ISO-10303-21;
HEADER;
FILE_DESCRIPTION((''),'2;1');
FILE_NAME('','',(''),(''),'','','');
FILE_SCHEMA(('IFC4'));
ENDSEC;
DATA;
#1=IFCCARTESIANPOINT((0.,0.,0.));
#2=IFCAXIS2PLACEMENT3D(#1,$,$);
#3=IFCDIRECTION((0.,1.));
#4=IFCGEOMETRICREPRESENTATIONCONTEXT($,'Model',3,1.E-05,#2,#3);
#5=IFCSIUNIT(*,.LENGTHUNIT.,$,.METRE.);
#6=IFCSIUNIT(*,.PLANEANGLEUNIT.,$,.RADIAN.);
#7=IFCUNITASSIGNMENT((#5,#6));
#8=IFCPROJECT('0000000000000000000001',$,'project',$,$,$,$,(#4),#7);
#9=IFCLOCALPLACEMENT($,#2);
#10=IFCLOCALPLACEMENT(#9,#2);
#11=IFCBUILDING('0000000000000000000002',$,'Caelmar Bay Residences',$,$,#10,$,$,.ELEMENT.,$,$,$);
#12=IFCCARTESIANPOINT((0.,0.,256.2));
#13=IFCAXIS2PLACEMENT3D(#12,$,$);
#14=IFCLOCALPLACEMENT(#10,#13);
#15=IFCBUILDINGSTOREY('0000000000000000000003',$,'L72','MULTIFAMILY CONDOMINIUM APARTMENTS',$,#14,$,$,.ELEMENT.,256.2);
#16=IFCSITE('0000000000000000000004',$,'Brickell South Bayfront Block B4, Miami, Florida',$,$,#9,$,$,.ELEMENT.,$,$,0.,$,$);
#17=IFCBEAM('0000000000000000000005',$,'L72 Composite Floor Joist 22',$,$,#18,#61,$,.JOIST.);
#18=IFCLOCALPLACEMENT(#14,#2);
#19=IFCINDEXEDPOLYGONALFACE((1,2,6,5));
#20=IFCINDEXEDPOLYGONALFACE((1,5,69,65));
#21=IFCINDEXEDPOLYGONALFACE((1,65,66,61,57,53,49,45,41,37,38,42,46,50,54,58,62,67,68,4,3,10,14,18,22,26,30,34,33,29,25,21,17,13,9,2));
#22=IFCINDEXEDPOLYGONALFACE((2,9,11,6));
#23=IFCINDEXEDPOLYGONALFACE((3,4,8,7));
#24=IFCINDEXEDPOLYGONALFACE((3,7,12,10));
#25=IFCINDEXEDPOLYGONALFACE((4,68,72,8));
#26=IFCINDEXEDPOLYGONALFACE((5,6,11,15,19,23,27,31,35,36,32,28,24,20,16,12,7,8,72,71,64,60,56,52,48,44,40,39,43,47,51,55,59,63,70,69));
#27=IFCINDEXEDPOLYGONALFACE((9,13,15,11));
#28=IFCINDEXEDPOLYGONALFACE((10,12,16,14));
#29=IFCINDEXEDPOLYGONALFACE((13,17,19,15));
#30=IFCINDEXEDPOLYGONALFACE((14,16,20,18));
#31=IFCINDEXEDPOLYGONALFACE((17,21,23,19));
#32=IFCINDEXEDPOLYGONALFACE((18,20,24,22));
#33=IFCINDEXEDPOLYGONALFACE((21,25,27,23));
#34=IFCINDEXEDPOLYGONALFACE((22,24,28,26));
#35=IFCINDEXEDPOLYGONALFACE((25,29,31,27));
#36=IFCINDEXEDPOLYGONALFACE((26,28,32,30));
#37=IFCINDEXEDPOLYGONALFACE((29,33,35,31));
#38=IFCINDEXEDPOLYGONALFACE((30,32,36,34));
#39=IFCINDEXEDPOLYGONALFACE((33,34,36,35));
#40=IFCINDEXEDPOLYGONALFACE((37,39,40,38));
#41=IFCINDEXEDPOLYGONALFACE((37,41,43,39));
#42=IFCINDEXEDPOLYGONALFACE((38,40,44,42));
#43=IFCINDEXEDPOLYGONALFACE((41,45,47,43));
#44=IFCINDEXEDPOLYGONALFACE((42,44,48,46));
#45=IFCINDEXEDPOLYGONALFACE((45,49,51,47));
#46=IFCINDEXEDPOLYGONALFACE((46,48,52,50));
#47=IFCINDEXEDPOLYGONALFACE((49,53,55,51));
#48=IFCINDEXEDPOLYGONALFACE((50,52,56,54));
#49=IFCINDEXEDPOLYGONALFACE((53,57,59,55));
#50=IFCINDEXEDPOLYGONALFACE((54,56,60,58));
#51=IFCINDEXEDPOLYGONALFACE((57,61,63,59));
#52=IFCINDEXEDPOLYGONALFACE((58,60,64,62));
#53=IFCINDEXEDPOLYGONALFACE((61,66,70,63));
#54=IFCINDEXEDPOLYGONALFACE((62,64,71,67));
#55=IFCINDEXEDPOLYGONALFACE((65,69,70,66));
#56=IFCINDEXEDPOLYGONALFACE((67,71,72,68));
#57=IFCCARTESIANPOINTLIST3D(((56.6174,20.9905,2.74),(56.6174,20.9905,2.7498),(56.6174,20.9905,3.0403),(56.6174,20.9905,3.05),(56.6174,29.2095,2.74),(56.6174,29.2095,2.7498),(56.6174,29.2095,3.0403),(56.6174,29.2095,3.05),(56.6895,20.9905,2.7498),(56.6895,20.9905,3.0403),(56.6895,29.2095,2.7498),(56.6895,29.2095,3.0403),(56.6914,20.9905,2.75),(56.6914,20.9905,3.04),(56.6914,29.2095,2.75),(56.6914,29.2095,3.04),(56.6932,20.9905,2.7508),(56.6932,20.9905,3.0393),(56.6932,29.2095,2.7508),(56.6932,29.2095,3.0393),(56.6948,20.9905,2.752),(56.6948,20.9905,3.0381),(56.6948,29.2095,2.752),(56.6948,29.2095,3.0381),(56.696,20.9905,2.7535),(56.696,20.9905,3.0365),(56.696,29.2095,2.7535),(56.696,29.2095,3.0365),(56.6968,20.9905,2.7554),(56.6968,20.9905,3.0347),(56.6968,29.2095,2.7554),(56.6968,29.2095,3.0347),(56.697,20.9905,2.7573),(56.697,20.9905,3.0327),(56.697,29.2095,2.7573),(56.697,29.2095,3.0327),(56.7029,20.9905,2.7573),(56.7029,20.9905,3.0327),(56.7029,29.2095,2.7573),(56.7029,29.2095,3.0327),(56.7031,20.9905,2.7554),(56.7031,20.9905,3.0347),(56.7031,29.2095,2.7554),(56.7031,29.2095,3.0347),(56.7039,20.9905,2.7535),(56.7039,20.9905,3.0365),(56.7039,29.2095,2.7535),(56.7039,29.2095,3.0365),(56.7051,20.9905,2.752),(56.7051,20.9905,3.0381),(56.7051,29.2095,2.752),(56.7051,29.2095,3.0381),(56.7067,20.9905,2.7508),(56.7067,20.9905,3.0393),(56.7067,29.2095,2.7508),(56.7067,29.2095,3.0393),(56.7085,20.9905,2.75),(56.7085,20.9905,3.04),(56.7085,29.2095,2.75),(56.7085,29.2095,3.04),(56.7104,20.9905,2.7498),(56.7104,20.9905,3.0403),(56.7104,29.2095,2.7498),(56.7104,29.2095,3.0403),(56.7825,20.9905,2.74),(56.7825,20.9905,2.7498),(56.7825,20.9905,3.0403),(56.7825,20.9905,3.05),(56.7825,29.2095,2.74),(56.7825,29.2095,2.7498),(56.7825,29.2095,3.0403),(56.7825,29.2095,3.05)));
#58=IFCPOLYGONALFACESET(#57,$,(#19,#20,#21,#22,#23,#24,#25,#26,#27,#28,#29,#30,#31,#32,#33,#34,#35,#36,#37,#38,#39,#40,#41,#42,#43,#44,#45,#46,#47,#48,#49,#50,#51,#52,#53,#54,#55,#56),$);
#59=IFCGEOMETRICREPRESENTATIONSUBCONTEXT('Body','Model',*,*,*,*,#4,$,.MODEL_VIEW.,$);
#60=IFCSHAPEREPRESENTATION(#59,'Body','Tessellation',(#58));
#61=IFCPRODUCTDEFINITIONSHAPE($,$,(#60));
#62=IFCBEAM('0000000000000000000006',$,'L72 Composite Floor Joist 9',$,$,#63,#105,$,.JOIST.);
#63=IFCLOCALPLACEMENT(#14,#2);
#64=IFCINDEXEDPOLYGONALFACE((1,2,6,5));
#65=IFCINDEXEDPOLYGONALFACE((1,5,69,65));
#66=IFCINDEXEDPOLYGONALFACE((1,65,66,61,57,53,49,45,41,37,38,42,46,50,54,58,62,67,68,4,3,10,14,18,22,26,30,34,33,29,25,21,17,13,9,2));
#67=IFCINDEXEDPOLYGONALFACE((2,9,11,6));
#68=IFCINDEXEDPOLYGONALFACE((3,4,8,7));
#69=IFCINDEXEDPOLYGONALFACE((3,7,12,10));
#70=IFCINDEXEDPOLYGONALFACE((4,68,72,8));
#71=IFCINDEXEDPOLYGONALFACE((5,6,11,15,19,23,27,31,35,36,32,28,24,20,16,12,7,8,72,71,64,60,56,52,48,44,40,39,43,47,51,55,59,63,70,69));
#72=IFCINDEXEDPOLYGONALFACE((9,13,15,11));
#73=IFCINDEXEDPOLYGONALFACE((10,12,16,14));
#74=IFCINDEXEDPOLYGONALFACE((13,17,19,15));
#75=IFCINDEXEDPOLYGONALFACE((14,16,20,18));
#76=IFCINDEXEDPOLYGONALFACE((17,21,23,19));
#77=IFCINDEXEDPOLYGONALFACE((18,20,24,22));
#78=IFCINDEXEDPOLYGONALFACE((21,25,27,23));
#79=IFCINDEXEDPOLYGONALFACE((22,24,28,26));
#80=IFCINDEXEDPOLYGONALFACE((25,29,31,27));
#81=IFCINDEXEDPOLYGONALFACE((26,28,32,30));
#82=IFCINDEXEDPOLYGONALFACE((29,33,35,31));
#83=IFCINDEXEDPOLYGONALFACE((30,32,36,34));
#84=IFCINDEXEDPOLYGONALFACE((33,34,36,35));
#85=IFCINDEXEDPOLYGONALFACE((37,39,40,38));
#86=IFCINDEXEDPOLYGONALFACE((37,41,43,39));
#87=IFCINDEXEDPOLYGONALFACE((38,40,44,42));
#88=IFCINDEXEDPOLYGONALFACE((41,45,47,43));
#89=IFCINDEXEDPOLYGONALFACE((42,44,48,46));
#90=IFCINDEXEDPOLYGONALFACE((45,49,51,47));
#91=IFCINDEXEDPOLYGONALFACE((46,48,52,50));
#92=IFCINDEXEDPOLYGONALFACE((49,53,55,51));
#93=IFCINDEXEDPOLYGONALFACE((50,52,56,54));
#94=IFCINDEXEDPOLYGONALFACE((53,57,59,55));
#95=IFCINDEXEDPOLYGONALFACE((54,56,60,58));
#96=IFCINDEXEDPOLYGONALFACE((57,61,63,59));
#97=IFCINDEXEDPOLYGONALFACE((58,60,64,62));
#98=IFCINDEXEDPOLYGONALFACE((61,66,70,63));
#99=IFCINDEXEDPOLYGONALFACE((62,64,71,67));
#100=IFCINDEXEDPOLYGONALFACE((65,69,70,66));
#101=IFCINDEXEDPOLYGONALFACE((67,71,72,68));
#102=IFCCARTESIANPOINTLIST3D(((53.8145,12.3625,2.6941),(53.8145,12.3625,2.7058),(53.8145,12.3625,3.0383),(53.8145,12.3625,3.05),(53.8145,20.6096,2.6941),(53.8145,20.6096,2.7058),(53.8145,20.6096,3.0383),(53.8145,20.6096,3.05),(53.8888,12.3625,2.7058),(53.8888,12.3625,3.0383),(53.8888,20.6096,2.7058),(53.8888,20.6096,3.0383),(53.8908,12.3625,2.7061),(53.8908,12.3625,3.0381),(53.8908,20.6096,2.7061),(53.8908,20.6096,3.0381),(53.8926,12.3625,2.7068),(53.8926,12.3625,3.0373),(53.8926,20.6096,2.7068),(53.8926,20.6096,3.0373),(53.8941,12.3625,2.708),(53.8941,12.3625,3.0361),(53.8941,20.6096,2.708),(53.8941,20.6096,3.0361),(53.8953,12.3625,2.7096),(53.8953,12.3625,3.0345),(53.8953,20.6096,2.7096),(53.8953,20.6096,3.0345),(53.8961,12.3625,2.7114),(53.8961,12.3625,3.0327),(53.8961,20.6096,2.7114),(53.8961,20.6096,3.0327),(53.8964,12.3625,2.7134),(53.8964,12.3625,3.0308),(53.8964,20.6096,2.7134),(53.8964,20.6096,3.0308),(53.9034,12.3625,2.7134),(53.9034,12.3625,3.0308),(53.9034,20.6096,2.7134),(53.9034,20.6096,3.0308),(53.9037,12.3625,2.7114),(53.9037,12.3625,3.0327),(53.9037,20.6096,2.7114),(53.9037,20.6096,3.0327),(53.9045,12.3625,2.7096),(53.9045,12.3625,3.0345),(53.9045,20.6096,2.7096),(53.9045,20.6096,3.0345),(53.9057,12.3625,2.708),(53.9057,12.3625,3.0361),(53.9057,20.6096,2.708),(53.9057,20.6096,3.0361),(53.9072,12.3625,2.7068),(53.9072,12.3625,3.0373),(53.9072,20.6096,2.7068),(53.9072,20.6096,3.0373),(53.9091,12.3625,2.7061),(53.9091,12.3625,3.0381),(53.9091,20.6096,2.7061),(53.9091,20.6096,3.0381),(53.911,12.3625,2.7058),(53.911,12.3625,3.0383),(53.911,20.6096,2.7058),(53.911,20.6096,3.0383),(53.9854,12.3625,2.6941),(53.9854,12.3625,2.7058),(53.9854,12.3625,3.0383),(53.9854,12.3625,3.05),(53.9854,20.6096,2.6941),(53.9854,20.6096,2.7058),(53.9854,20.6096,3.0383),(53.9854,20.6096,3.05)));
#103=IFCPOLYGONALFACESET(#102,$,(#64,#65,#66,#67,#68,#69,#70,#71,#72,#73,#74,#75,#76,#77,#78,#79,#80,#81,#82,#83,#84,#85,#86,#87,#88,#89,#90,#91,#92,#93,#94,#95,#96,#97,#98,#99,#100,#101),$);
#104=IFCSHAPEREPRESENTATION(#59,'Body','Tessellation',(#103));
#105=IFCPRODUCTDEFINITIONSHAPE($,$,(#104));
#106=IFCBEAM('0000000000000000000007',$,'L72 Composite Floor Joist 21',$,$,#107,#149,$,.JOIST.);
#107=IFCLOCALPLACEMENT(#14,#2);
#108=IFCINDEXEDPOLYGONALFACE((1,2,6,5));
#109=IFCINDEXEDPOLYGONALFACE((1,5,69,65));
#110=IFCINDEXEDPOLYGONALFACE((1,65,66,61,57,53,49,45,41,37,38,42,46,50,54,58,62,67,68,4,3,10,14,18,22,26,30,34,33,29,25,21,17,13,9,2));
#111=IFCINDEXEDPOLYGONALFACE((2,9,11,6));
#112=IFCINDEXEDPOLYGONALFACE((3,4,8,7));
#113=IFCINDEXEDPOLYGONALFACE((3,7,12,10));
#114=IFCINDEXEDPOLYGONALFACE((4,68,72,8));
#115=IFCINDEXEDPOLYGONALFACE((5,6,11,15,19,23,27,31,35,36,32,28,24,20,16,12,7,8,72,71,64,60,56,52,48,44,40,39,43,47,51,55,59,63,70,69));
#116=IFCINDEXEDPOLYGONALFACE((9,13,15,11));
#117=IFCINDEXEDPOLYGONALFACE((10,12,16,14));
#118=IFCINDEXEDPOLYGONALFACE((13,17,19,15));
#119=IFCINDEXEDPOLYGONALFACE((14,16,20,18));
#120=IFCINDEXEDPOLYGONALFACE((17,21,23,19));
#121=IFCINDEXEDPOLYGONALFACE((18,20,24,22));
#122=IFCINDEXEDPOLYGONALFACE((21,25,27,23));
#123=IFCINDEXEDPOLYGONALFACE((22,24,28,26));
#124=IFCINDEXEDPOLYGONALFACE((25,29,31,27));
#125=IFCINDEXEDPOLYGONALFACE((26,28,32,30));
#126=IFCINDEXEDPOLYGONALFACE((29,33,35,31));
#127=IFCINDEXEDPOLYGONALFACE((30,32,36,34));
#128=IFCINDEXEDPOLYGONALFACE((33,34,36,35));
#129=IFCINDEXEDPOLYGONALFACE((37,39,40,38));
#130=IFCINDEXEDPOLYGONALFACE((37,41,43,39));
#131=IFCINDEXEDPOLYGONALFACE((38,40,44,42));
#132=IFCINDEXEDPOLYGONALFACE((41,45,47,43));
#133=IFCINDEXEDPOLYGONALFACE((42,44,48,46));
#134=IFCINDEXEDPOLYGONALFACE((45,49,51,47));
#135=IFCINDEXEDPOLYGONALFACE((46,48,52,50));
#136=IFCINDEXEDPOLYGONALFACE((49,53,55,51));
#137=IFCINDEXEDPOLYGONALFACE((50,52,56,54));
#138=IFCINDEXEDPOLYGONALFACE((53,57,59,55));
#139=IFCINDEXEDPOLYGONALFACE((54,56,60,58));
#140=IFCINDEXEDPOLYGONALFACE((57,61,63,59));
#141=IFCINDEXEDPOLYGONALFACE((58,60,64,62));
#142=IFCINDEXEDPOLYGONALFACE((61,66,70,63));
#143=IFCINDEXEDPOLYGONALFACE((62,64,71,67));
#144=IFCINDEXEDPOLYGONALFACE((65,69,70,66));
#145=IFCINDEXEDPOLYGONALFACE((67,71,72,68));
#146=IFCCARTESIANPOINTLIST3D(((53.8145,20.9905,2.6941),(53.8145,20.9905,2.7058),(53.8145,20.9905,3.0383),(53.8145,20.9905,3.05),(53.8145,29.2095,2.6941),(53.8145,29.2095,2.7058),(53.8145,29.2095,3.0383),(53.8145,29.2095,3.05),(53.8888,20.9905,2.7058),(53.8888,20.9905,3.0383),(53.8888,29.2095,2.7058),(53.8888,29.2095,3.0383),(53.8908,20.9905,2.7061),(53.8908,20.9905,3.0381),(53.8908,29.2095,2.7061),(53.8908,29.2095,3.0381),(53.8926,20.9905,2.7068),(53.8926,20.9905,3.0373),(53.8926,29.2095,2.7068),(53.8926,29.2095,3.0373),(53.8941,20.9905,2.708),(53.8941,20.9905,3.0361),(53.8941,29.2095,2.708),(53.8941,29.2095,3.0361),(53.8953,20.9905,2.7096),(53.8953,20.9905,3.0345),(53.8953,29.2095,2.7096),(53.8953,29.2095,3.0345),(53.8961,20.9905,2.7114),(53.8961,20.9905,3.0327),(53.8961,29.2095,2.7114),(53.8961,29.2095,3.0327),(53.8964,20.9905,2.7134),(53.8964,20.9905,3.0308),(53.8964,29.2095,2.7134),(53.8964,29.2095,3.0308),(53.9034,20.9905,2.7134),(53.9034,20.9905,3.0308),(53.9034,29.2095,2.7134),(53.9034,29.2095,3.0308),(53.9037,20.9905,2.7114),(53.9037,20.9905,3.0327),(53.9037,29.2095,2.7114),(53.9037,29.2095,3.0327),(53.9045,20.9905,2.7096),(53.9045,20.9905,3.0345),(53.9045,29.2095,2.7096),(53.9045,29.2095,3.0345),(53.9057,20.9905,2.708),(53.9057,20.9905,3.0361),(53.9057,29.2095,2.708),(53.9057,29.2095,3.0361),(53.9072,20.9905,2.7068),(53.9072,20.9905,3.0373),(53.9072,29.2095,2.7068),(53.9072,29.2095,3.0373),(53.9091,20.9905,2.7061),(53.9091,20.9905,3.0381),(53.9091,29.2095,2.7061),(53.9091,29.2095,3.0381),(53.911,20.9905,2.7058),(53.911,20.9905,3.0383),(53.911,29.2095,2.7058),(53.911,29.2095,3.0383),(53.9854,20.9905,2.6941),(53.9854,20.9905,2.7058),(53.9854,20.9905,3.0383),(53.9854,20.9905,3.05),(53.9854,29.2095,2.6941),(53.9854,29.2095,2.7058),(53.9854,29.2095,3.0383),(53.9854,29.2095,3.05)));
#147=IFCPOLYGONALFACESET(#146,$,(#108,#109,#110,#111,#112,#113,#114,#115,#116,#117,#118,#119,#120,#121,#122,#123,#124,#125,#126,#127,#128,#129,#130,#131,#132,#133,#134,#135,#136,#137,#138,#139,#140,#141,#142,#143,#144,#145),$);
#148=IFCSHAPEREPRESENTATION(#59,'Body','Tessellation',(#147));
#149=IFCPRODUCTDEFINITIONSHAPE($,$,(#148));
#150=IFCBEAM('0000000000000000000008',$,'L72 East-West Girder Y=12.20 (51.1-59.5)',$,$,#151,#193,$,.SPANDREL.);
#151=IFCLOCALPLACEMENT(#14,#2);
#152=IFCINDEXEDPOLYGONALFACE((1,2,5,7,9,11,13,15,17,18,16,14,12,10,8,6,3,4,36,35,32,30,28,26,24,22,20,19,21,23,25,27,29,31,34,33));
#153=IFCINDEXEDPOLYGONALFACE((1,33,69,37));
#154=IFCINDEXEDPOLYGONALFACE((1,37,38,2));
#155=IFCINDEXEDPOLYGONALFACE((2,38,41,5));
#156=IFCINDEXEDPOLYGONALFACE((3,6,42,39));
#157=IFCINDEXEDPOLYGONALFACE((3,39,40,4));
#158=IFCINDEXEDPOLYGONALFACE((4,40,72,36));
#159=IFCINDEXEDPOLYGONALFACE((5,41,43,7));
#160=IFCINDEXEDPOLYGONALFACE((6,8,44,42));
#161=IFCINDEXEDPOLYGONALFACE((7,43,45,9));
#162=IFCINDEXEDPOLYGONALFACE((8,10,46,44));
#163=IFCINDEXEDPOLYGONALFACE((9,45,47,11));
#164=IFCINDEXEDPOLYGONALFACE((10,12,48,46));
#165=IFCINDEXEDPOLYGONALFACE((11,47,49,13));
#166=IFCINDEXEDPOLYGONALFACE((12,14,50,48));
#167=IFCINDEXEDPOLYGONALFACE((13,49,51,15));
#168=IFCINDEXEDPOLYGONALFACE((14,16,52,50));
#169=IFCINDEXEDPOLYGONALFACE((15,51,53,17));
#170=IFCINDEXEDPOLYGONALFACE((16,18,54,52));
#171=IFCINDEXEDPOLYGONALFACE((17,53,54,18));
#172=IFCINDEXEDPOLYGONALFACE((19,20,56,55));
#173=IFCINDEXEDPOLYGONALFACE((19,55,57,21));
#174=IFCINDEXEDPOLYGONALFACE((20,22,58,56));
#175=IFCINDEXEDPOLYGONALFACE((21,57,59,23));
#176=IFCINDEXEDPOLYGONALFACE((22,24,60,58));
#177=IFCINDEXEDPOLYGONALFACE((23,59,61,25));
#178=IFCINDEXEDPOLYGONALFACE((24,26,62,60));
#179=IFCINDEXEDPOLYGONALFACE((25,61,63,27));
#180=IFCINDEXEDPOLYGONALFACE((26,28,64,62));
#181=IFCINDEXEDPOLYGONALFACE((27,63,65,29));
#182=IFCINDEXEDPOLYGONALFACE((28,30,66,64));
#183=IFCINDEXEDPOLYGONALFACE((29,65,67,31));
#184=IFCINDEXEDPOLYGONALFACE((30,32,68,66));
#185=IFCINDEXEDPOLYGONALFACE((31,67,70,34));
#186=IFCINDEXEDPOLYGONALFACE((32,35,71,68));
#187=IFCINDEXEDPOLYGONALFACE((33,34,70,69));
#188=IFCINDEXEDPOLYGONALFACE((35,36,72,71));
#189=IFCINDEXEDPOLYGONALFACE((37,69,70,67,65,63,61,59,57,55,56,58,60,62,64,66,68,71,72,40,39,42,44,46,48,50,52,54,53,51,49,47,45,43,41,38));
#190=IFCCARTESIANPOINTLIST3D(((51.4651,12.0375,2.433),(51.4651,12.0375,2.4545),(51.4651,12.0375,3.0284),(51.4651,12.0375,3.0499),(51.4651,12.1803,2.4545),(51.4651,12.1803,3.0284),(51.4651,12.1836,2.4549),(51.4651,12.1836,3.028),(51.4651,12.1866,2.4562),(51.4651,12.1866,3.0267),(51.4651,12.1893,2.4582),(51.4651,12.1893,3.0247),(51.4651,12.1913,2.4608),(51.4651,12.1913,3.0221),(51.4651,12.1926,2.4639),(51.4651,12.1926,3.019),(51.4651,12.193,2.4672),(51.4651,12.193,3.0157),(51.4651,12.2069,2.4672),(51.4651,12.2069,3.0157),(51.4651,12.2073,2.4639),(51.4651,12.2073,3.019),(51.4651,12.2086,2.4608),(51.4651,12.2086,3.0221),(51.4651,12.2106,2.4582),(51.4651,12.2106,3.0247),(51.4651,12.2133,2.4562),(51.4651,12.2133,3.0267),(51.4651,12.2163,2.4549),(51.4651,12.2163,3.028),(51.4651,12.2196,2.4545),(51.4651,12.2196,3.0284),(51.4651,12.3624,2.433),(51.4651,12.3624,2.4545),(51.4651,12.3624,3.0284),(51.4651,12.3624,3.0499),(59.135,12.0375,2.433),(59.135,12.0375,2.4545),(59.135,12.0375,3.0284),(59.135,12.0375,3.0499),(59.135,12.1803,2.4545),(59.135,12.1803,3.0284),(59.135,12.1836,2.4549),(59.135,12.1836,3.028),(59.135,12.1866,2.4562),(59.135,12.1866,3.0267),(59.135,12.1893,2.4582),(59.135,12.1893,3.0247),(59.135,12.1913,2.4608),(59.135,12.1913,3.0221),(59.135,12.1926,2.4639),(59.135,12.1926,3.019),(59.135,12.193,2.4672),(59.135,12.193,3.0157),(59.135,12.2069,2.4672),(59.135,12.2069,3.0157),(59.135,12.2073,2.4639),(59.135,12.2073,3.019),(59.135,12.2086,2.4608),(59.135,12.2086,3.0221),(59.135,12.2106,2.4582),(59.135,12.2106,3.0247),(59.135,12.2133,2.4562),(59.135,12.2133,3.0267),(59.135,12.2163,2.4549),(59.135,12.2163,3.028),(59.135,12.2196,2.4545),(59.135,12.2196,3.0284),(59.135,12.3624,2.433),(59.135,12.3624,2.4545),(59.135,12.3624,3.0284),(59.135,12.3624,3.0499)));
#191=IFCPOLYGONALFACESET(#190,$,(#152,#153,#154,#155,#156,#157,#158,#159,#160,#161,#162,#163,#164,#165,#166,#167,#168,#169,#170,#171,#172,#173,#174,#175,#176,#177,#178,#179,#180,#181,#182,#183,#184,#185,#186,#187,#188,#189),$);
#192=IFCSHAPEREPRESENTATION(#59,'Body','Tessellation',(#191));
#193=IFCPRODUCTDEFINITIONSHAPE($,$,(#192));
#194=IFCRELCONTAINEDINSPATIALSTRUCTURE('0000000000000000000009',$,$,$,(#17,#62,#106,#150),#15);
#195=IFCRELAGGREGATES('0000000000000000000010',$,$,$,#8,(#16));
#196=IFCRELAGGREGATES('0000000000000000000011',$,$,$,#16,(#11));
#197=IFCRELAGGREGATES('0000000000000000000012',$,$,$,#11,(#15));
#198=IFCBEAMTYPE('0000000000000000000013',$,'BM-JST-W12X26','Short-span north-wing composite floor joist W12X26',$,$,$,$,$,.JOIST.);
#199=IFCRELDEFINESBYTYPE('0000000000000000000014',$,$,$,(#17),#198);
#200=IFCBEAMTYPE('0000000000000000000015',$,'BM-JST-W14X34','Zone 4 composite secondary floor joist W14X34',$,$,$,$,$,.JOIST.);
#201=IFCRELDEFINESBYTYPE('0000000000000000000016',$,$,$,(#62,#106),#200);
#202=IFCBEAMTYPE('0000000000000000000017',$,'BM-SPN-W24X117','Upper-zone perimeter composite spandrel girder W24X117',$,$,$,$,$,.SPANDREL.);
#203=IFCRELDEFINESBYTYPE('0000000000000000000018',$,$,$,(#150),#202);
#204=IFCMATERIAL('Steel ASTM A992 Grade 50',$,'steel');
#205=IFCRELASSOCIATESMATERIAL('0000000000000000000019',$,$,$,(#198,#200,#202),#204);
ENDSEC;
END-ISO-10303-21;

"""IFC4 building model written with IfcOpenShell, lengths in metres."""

from ifc_helpers import new_model, si_unit, direction, frame, origin, origin_2d, place, context, subcontext, project, spatial, i_section, extrude, material, material_profile, profile_set, type_object, element, save


model = new_model("IFC4")

# Units and contexts
model_context = context("Model", 3, precision=1e-05, world=origin(), true_north=direction((0.0, 1.0)))
body_context = subcontext(model_context, "Body", "Model", "MODEL_VIEW")
ifc_project = project(units=[si_unit("LENGTHUNIT", "METRE"), si_unit("PLANEANGLEUNIT", "RADIAN")], contexts=[model_context])

# Site, building, storey
site_placement = place(None, origin())
site = spatial("IfcSite", under=ifc_project, at=site_placement, Name="Brickell South Bayfront Block B4, Miami, Florida", CompositionType="ELEMENT", RefElevation=0.0)
building_placement = place(site_placement, origin())
building = spatial("IfcBuilding", under=site, at=building_placement, Name="Caelmar Bay Residences", CompositionType="ELEMENT")
storey_placement = place(building_placement, frame((0.0, 0.0, 256.2)))
storey = spatial("IfcBuildingStorey", under=building, at=storey_placement, Name="L72", Description="MULTIFAMILY CONDOMINIUM APARTMENTS", CompositionType="ELEMENT", Elevation=256.2)

# Beams
ifc_material_1 = material(Name="Steel ASTM A992 Grade 50", Category="steel")
ifc_material_profile_1 = material_profile(ifc_material_1, i_section(OverallWidth=0.165, OverallDepth=0.3101, WebThickness=0.0059, FlangeThickness=0.0098, FilletRadius=0.0076, at=origin_2d()), Name="W12X26")
ifc_profile_set_1 = profile_set([ifc_material_profile_1], Name="Steel ASTM A992 Grade 50")
beam_type_1 = type_object("IfcBeamType", Name="BM-JST-W12X26", Description="Short-span north-wing composite floor joist W12X26", PredefinedType="JOIST", material=ifc_profile_set_1)
beam_1_placement = place(storey_placement, frame((56.7, 20.9905, 2.895), z_axis=(0.0, 1.0, 0.0), x_axis=(-1.0, 0.0, 0.0)))
element("IfcBeam", 1, at=beam_1_placement, inside=storey, type_object=beam_type_1, Name="L72 Composite Floor Joist 22", PredefinedType="JOIST", context=body_context, shape_type="SweptSolid", body=[
    extrude(i_section(OverallWidth=0.165, OverallDepth=0.3101, WebThickness=0.0059, FlangeThickness=0.0098, FilletRadius=0.0076, at=origin_2d()), origin(), (0.0, 0.0, 1.0), 8.219),
])
ifc_material_profile_2 = material_profile(ifc_material_1, i_section(OverallWidth=0.1709, OverallDepth=0.356, WebThickness=0.0071, FlangeThickness=0.0117, FilletRadius=0.0076, at=origin_2d()), Name="W14X34")
ifc_profile_set_2 = profile_set([ifc_material_profile_2], Name="Steel ASTM A992 Grade 50")
beam_type_2 = type_object("IfcBeamType", Name="BM-JST-W14X34", Description="Zone 4 composite secondary floor joist W14X34", PredefinedType="JOIST", material=ifc_profile_set_2)
beam_2_placement = place(storey_placement, frame((53.8999, 12.3625, 2.8721), z_axis=(0.0, 1.0, 0.0), x_axis=(-1.0, 0.0, 0.0)))
element("IfcBeam", 2, at=beam_2_placement, inside=storey, type_object=beam_type_2, Name="L72 Composite Floor Joist 9", PredefinedType="JOIST", context=body_context, shape_type="SweptSolid", body=[
    extrude(i_section(OverallWidth=0.1709, OverallDepth=0.356, WebThickness=0.0071, FlangeThickness=0.0117, FilletRadius=0.0076, at=origin_2d()), origin(), (0.0, 0.0, 1.0), 8.2471),
])
beam_3_placement = place(storey_placement, frame((53.8999, 20.9905, 2.8721), z_axis=(0.0, 1.0, 0.0), x_axis=(-1.0, 0.0, 0.0)))
element("IfcBeam", 3, at=beam_3_placement, inside=storey, type_object=beam_type_2, Name="L72 Composite Floor Joist 21", PredefinedType="JOIST", context=body_context, shape_type="SweptSolid", body=[
    extrude(i_section(OverallWidth=0.1709, OverallDepth=0.356, WebThickness=0.0071, FlangeThickness=0.0117, FilletRadius=0.0076, at=origin_2d()), origin(), (0.0, 0.0, 1.0), 8.219),
])
ifc_material_profile_3 = material_profile(ifc_material_1, i_section(OverallWidth=0.325, OverallDepth=0.6169, WebThickness=0.0139, FlangeThickness=0.0215, FilletRadius=0.0127, at=origin_2d()), Name="W24X117")
ifc_profile_set_3 = profile_set([ifc_material_profile_3], Name="Steel ASTM A992 Grade 50")
beam_type_3 = type_object("IfcBeamType", Name="BM-SPN-W24X117", Description="Upper-zone perimeter composite spandrel girder W24X117", PredefinedType="SPANDREL", material=ifc_profile_set_3)
beam_4_placement = place(storey_placement, frame((51.4651, 12.2, 2.7415), z_axis=(1.0, 0.0, 0.0), x_axis=(0.0, 1.0, 0.0)))
element("IfcBeam", 4, at=beam_4_placement, inside=storey, type_object=beam_type_3, Name="L72 East-West Girder Y=12.20 (51.1-59.5)", PredefinedType="SPANDREL", context=body_context, shape_type="SweptSolid", body=[
    extrude(i_section(OverallWidth=0.325, OverallDepth=0.6169, WebThickness=0.0139, FlangeThickness=0.0215, FilletRadius=0.0127, at=origin_2d()), origin(), (0.0, 0.0, 1.0), 7.6699),
])

save(model, "model.ifc")
